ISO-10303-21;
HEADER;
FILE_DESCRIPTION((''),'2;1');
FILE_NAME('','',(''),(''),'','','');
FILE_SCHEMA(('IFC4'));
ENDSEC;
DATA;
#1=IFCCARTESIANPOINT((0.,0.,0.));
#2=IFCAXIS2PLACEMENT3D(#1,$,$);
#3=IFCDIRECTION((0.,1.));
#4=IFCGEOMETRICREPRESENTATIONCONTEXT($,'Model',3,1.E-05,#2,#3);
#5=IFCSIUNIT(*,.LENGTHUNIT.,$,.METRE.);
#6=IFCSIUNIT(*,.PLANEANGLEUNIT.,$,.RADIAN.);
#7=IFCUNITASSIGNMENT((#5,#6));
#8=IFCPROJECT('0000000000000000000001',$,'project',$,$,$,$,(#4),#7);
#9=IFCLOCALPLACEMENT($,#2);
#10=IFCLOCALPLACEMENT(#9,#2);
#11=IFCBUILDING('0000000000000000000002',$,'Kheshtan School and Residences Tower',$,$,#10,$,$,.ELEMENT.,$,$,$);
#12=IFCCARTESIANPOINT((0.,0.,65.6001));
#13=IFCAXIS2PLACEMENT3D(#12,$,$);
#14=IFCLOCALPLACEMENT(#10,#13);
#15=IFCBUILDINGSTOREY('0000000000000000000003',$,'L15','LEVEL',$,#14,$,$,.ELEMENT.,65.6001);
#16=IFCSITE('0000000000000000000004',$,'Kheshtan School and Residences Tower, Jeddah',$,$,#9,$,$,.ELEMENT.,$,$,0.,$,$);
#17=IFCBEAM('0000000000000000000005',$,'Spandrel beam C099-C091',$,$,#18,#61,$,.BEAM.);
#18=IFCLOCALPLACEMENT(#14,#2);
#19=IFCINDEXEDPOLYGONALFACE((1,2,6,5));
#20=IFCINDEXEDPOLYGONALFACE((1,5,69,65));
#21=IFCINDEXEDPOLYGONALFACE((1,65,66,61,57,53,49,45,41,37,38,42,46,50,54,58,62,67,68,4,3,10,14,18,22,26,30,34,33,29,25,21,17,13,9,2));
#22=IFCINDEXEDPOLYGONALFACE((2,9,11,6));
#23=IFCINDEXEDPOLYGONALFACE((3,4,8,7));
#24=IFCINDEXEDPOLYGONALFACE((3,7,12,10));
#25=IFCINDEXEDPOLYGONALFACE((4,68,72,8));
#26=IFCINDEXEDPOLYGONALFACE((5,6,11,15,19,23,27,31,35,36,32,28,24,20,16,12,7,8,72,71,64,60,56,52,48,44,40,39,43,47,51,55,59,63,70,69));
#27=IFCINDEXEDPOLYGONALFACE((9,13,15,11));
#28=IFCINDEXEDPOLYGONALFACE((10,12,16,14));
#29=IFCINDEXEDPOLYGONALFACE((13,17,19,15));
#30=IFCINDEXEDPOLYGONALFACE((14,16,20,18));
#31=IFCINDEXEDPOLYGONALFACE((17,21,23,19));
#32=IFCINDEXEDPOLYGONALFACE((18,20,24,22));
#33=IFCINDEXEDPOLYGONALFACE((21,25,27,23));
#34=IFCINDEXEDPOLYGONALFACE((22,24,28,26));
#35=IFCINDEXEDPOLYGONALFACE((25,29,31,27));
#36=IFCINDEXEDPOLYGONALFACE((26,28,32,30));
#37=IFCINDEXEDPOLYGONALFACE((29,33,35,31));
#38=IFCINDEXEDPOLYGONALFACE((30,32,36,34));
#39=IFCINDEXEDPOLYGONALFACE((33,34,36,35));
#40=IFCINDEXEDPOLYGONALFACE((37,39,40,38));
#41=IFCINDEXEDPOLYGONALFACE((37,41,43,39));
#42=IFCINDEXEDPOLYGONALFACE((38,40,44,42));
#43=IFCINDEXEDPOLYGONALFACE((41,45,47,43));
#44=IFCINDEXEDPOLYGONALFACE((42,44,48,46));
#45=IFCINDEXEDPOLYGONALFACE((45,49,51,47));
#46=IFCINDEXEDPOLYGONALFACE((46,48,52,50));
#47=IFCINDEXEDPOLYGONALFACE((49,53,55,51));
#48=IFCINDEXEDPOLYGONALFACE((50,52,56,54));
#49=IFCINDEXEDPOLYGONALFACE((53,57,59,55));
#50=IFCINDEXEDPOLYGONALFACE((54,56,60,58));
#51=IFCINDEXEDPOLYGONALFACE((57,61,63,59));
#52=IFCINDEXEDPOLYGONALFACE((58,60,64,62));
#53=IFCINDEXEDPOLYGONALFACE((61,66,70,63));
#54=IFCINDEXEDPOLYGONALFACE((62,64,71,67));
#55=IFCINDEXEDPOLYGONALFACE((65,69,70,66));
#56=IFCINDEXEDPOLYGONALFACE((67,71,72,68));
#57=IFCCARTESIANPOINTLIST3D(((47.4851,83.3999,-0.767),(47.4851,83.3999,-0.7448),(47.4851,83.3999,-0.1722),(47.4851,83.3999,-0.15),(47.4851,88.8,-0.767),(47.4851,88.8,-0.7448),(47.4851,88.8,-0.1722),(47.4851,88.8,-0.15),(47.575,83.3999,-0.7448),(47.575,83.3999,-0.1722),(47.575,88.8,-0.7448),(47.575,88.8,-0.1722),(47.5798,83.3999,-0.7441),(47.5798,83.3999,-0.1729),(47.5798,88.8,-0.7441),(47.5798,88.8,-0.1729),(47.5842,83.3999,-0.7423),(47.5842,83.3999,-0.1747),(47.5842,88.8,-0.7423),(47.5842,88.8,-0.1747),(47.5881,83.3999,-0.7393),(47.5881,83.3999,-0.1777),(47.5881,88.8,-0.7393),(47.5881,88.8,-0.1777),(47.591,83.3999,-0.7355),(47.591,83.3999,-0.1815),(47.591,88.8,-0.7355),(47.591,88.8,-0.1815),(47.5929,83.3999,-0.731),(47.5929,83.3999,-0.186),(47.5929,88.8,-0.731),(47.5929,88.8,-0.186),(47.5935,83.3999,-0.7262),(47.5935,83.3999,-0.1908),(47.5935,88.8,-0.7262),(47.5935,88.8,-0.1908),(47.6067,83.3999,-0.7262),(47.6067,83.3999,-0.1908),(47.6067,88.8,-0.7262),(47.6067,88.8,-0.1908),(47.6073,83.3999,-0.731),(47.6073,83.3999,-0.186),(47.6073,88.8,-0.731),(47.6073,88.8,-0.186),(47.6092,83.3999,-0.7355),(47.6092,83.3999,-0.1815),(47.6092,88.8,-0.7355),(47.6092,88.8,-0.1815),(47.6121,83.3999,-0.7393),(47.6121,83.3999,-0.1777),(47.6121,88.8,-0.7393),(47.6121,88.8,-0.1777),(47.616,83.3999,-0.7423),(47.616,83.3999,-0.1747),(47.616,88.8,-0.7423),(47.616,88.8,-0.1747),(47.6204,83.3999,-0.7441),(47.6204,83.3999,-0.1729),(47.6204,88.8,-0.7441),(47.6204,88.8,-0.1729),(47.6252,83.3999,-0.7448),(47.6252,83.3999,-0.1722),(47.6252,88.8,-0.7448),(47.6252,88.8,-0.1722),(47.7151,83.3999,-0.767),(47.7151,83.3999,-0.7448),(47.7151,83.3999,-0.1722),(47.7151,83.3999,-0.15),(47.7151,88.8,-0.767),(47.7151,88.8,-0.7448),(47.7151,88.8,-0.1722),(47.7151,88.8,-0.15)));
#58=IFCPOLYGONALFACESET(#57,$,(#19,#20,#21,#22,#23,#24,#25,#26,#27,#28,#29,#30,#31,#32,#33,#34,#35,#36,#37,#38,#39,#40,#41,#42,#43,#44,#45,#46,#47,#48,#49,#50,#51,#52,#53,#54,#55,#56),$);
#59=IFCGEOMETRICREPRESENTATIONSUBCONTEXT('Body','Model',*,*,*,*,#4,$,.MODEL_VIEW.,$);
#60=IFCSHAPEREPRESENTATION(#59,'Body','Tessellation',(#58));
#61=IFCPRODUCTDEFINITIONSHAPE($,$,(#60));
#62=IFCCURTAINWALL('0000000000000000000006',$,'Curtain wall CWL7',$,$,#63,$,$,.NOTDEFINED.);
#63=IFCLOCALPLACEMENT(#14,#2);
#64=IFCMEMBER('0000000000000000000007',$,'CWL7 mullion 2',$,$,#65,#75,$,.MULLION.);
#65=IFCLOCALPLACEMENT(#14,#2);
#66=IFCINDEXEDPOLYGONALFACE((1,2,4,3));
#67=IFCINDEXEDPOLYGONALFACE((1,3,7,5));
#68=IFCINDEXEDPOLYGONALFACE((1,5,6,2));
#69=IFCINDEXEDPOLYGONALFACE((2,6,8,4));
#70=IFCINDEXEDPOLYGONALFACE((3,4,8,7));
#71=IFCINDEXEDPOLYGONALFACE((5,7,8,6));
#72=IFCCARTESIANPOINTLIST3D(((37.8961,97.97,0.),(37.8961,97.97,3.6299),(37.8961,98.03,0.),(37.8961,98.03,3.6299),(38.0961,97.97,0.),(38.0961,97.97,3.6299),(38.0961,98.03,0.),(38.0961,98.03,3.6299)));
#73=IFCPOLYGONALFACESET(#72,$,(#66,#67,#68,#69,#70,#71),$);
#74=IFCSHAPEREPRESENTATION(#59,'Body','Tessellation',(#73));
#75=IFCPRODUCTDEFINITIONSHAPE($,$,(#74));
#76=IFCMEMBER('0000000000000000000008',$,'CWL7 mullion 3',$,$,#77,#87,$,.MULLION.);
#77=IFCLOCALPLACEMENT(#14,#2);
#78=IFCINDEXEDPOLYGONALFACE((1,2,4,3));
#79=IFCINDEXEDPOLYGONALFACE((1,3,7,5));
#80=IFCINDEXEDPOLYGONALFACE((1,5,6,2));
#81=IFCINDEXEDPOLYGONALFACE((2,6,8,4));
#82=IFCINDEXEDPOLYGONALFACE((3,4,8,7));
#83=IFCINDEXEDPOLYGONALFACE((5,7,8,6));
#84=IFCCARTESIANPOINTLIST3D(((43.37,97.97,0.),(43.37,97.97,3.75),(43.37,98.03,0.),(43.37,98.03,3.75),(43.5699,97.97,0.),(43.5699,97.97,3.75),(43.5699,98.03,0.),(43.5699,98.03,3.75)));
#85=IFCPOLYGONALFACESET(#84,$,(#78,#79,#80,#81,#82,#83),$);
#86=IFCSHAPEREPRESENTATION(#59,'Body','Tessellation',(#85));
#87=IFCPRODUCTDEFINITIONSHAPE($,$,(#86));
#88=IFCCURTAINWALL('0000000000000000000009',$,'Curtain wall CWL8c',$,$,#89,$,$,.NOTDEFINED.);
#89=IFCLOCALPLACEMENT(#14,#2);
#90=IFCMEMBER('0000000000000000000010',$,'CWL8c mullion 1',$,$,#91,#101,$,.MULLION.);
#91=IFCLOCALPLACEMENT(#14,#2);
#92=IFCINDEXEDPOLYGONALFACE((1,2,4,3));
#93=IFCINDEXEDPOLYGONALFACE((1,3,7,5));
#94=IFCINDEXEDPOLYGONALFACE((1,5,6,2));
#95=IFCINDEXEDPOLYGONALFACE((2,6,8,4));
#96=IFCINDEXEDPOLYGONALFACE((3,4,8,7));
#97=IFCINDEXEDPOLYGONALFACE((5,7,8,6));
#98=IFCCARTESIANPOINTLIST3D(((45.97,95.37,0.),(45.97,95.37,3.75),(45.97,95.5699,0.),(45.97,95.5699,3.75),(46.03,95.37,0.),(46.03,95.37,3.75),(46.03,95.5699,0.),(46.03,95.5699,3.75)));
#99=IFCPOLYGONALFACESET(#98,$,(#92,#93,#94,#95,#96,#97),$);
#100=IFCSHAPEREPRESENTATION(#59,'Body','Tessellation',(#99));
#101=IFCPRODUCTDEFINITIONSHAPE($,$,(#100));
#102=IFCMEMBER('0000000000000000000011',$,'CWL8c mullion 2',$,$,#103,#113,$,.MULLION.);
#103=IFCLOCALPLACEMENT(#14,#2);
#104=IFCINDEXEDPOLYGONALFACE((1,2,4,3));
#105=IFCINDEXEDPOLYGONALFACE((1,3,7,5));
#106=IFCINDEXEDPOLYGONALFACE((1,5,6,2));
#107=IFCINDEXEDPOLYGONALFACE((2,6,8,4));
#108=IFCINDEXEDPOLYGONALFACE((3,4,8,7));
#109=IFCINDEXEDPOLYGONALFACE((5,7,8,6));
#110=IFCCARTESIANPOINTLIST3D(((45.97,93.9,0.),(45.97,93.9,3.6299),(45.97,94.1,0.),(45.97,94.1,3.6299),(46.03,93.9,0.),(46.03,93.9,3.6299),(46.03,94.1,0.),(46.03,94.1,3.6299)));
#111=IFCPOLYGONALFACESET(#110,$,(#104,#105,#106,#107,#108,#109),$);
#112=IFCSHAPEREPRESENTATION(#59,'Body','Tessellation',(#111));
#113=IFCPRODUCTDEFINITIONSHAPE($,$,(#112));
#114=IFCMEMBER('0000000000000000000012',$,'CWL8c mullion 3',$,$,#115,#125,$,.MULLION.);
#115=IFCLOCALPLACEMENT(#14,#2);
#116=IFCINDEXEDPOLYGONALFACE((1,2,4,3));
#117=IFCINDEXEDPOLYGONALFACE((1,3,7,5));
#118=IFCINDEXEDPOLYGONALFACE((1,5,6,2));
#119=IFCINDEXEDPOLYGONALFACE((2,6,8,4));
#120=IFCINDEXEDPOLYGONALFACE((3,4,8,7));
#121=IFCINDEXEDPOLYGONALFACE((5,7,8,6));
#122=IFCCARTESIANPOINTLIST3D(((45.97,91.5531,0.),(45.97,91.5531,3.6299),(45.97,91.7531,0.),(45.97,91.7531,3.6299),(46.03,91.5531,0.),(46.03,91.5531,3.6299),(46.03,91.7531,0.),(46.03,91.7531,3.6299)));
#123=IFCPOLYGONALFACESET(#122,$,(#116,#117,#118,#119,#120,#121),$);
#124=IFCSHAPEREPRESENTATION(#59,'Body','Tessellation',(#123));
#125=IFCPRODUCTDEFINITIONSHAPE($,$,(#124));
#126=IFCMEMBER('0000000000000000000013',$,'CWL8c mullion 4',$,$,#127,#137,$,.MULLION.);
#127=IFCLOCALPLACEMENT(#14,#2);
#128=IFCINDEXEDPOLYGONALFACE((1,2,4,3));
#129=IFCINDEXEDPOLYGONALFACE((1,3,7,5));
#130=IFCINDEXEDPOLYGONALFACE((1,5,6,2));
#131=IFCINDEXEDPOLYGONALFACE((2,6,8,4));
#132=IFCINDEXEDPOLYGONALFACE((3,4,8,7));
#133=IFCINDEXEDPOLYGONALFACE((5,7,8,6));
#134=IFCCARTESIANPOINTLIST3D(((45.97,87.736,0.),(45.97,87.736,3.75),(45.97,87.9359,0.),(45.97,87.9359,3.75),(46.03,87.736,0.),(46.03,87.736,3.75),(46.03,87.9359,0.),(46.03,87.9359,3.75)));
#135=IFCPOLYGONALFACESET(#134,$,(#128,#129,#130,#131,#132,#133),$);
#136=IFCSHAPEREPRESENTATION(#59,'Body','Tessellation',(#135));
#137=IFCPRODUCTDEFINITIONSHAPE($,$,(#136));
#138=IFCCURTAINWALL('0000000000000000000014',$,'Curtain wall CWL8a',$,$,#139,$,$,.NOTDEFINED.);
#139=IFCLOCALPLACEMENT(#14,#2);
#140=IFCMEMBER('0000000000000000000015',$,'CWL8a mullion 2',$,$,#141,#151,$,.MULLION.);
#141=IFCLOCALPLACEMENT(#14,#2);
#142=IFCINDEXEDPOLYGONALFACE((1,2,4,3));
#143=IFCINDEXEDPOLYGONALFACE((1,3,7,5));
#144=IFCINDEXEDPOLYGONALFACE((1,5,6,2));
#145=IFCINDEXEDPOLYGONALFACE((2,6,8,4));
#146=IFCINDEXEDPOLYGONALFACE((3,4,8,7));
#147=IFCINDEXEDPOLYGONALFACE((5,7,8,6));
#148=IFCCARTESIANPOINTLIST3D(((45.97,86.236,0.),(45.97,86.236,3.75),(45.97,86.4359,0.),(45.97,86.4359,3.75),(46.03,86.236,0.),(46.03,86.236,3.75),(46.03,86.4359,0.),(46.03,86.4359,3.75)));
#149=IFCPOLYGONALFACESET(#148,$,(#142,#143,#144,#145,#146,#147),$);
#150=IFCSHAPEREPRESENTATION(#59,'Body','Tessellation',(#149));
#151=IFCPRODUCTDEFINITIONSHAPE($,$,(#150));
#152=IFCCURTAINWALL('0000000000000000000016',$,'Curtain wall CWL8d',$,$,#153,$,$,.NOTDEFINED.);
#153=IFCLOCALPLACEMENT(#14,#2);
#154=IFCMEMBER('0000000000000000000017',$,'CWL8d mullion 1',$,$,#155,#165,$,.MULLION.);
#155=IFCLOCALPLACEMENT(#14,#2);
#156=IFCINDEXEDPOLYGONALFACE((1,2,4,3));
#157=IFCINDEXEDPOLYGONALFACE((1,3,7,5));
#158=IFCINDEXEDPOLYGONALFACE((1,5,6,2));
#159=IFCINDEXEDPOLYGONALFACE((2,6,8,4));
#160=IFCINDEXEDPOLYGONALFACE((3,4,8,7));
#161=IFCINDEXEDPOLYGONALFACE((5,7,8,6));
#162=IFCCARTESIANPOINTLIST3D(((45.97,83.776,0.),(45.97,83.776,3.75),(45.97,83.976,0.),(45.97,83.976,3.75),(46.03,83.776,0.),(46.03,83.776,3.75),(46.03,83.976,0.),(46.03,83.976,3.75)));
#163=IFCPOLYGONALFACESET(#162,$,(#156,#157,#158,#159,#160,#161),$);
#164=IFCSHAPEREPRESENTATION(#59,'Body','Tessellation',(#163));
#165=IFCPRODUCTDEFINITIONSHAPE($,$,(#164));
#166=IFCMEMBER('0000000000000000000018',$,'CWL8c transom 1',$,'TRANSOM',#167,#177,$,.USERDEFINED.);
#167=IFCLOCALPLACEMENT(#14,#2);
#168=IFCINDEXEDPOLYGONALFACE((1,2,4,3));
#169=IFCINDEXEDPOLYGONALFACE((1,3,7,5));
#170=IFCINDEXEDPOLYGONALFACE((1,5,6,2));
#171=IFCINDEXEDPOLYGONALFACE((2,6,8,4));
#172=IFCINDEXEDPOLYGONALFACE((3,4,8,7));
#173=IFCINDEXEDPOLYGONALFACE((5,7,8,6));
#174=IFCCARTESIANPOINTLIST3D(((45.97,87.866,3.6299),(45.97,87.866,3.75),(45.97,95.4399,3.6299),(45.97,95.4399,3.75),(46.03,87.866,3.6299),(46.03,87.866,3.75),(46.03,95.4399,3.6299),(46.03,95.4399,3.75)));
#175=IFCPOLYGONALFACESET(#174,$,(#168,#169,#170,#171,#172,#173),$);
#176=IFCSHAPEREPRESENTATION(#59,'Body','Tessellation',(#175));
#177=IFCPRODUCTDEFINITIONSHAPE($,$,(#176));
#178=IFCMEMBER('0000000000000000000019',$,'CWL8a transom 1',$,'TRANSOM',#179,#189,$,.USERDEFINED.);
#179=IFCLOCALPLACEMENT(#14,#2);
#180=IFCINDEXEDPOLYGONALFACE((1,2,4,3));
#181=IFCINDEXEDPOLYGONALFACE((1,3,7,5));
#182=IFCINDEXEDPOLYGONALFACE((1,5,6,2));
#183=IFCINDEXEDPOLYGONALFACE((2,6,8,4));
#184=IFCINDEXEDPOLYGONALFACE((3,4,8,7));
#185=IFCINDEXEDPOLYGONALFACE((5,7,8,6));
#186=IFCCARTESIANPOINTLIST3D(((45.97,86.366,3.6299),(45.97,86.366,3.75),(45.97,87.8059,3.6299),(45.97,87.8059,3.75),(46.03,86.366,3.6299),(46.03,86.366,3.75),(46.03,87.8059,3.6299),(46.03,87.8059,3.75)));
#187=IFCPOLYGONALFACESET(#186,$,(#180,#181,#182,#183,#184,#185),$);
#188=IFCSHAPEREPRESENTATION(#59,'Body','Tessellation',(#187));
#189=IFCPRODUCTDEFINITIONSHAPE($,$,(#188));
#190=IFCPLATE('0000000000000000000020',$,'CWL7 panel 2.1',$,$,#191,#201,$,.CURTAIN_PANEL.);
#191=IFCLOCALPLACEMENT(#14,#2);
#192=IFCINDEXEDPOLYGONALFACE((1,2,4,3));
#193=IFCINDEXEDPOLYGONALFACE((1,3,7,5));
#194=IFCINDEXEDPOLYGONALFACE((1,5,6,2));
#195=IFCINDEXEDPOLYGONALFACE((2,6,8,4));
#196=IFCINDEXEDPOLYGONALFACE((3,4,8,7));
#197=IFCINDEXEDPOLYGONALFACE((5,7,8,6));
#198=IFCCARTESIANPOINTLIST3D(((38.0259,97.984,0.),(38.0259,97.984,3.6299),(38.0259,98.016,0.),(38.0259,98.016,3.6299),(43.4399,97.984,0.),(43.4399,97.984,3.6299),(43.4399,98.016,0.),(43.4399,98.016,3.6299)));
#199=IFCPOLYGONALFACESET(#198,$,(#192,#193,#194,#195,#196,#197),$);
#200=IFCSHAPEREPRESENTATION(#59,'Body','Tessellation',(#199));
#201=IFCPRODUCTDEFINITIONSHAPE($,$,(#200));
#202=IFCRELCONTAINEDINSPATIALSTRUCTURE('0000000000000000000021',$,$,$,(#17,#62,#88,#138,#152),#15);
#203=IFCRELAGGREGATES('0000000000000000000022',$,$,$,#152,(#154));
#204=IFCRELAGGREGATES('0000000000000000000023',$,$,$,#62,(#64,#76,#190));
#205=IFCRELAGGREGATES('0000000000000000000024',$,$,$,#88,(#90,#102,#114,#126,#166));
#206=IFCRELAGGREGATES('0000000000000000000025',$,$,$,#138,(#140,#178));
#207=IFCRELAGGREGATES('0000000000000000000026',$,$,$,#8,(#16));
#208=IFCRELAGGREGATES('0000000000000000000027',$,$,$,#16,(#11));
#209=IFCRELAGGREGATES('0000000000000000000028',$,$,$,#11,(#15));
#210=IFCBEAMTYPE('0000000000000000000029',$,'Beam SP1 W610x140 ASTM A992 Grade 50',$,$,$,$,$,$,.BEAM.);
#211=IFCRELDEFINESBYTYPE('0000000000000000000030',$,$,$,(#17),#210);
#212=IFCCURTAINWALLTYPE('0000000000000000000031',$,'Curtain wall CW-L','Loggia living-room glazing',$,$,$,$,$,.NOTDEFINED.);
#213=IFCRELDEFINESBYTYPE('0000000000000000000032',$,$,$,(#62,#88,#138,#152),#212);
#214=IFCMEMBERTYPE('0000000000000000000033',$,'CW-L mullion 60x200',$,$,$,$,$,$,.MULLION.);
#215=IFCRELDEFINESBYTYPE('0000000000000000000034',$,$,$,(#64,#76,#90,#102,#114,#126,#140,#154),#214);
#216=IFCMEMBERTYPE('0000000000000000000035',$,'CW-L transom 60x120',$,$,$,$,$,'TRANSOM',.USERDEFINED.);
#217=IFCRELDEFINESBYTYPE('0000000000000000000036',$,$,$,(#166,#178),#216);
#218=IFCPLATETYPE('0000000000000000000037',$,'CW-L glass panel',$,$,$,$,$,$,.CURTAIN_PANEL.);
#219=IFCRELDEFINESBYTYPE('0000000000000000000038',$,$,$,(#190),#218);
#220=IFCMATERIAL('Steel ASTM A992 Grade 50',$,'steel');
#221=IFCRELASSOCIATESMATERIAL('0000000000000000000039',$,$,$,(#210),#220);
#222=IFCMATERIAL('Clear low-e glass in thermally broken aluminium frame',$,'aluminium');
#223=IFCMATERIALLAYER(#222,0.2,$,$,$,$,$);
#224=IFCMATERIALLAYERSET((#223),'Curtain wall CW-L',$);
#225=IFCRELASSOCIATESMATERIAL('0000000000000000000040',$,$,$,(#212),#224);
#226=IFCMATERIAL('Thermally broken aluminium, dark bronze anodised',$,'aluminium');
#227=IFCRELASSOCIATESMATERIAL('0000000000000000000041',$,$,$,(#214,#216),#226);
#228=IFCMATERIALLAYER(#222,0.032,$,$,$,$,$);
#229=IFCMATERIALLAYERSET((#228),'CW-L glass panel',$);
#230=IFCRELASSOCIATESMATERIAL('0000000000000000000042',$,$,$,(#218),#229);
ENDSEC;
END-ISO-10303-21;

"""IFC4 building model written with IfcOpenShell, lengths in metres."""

from ifc_helpers import new_model, si_unit, direction, frame, origin, origin_2d, place, context, subcontext, project, spatial, rectangle, i_section, extrude, material, layer, layer_set, material_profile, profile_set, type_object, element, aggregate, save


model = new_model("IFC4")

# Units and contexts
model_context = context("Model", 3, precision=1e-05, world=origin(), true_north=direction((0.0, 1.0)))
body_context = subcontext(model_context, "Body", "Model", "MODEL_VIEW")
ifc_project = project(units=[si_unit("LENGTHUNIT", "METRE"), si_unit("PLANEANGLEUNIT", "RADIAN")], contexts=[model_context])

# Site, building, storey
site_placement = place(None, origin())
site = spatial("IfcSite", under=ifc_project, at=site_placement, Name="Kheshtan School and Residences Tower, Jeddah", CompositionType="ELEMENT", RefElevation=0.0)
building_placement = place(site_placement, origin())
building = spatial("IfcBuilding", under=site, at=building_placement, Name="Kheshtan School and Residences Tower", CompositionType="ELEMENT")
storey_placement = place(building_placement, frame((0.0, 0.0, 65.6001)))
storey = spatial("IfcBuildingStorey", under=building, at=storey_placement, Name="L15", Description="LEVEL", CompositionType="ELEMENT", Elevation=65.6001)

# Shared definitions
ifc_material_1 = material(Name="Steel ASTM A992 Grade 50", Category="steel")

# Beam
ifc_material_profile_1 = material_profile(ifc_material_1, i_section(OverallWidth=0.23, OverallDepth=0.6169, WebThickness=0.0132, FlangeThickness=0.0222, FilletRadius=0.0186, at=origin_2d()), Name="W610x140")
ifc_profile_set_1 = profile_set([ifc_material_profile_1], Name="Steel ASTM A992 Grade 50")
beam_type_1 = type_object("IfcBeamType", Name="Beam SP1 W610x140 ASTM A992 Grade 50", PredefinedType="BEAM", material=ifc_profile_set_1)
beam_1_placement = place(storey_placement, frame((47.6001, 88.8, -0.4585), z_axis=(0.0, -1.0, 0.0), x_axis=(1.0, 0.0, 0.0)))
element("IfcBeam", 1, at=beam_1_placement, inside=storey, type_object=beam_type_1, Name="Spandrel beam C099-C091", PredefinedType="BEAM", context=body_context, shape_type="SweptSolid", body=[
    extrude(i_section(OverallWidth=0.23, OverallDepth=0.6169, WebThickness=0.0132, FlangeThickness=0.0222, FilletRadius=0.0186, at=origin_2d()), origin(), (0.0, 0.0, 1.0), 5.4001),
])

# Curtain walls, members
ifc_material_2 = material(Name="Clear low-e glass in thermally broken aluminium frame", Category="aluminium")
ifc_layer_1 = layer(ifc_material_2, 0.2)
ifc_layer_set_1 = layer_set([ifc_layer_1], Name="Curtain wall CW-L")
curtain_wall_type = type_object("IfcCurtainWallType", Name="Curtain wall CW-L", Description="Loggia living-room glazing", PredefinedType="NOTDEFINED", material=ifc_layer_set_1)
curtain_wall_1_placement = place(storey_placement, origin())
curtain_wall_1 = element("IfcCurtainWall", 2, at=curtain_wall_1_placement, inside=storey, type_object=curtain_wall_type, Name="Curtain wall CWL7", PredefinedType="NOTDEFINED")
ifc_material_3 = material(Name="Thermally broken aluminium, dark bronze anodised", Category="aluminium")
ifc_material_profile_2 = material_profile(ifc_material_3, rectangle(XDim=0.0601, YDim=0.2, at=origin_2d()), Name="CW-L mullion 60x200")
ifc_profile_set_2 = profile_set([ifc_material_profile_2], Name="Thermally broken aluminium, dark bronze anodised")
member_type_1 = type_object("IfcMemberType", Name="CW-L mullion 60x200", PredefinedType="MULLION", material=ifc_profile_set_2)
member_1_placement = place(storey_placement, frame((37.9961, 98.0, 0.0), z_axis=(0.0, 0.0, 1.0), x_axis=(0.0, 1.0, 0.0)))
member_1 = element("IfcMember", 3, at=member_1_placement, type_object=member_type_1, Name="CWL7 mullion 2", PredefinedType="MULLION", context=body_context, shape_type="SweptSolid", body=[
    extrude(rectangle(XDim=0.0601, YDim=0.2, at=origin_2d()), origin(), (0.0, 0.0, 1.0), 3.6299),
])
member_2_placement = place(storey_placement, frame((43.47, 98.0, 0.0), z_axis=(0.0, 0.0, 1.0), x_axis=(0.0, 1.0, 0.0)))
member_2 = element("IfcMember", 4, at=member_2_placement, type_object=member_type_1, Name="CWL7 mullion 3", PredefinedType="MULLION", context=body_context, shape_type="SweptSolid", body=[
    extrude(rectangle(XDim=0.0601, YDim=0.2, at=origin_2d()), origin(), (0.0, 0.0, 1.0), 3.75),
])
curtain_wall_2_placement = place(storey_placement, origin())
curtain_wall_2 = element("IfcCurtainWall", 5, at=curtain_wall_2_placement, inside=storey, type_object=curtain_wall_type, Name="Curtain wall CWL8c", PredefinedType="NOTDEFINED")
member_3_placement = place(storey_placement, frame((46.0, 95.47, 0.0), z_axis=(0.0, 0.0, 1.0), x_axis=(1.0, 0.0, 0.0)))
member_3 = element("IfcMember", 6, at=member_3_placement, type_object=member_type_1, Name="CWL8c mullion 1", PredefinedType="MULLION", context=body_context, shape_type="SweptSolid", body=[
    extrude(rectangle(XDim=0.0601, YDim=0.2, at=origin_2d()), origin(), (0.0, 0.0, 1.0), 3.75),
])
member_4_placement = place(storey_placement, frame((46.0, 94.0, 0.0), z_axis=(0.0, 0.0, 1.0), x_axis=(1.0, 0.0, 0.0)))
member_4 = element("IfcMember", 7, at=member_4_placement, type_object=member_type_1, Name="CWL8c mullion 2", PredefinedType="MULLION", context=body_context, shape_type="SweptSolid", body=[
    extrude(rectangle(XDim=0.0601, YDim=0.2, at=origin_2d()), origin(), (0.0, 0.0, 1.0), 3.6299),
])
member_5_placement = place(storey_placement, frame((46.0, 91.6531, 0.0), z_axis=(0.0, 0.0, 1.0), x_axis=(1.0, 0.0, 0.0)))
member_5 = element("IfcMember", 8, at=member_5_placement, type_object=member_type_1, Name="CWL8c mullion 3", PredefinedType="MULLION", context=body_context, shape_type="SweptSolid", body=[
    extrude(rectangle(XDim=0.0601, YDim=0.2, at=origin_2d()), origin(), (0.0, 0.0, 1.0), 3.6299),
])
member_6_placement = place(storey_placement, frame((46.0, 87.8359, 0.0), z_axis=(0.0, 0.0, 1.0), x_axis=(1.0, 0.0, 0.0)))
member_6 = element("IfcMember", 9, at=member_6_placement, type_object=member_type_1, Name="CWL8c mullion 4", PredefinedType="MULLION", context=body_context, shape_type="SweptSolid", body=[
    extrude(rectangle(XDim=0.0601, YDim=0.2, at=origin_2d()), origin(), (0.0, 0.0, 1.0), 3.75),
])

# Curtain walls, members
curtain_wall_3_placement = place(storey_placement, origin())
curtain_wall_3 = element("IfcCurtainWall", 10, at=curtain_wall_3_placement, inside=storey, type_object=curtain_wall_type, Name="Curtain wall CWL8a", PredefinedType="NOTDEFINED")
member_7_placement = place(storey_placement, frame((46.0, 86.3359, 0.0), z_axis=(0.0, 0.0, 1.0), x_axis=(1.0, 0.0, 0.0)))
member_7 = element("IfcMember", 11, at=member_7_placement, type_object=member_type_1, Name="CWL8a mullion 2", PredefinedType="MULLION", context=body_context, shape_type="SweptSolid", body=[
    extrude(rectangle(XDim=0.0601, YDim=0.2, at=origin_2d()), origin(), (0.0, 0.0, 1.0), 3.75),
])
curtain_wall_4_placement = place(storey_placement, origin())
curtain_wall_4 = element("IfcCurtainWall", 12, at=curtain_wall_4_placement, inside=storey, type_object=curtain_wall_type, Name="Curtain wall CWL8d", PredefinedType="NOTDEFINED")
member_8_placement = place(storey_placement, frame((46.0, 83.876, 0.0), z_axis=(0.0, 0.0, 1.0), x_axis=(1.0, 0.0, 0.0)))
member_8 = element("IfcMember", 13, at=member_8_placement, type_object=member_type_1, Name="CWL8d mullion 1", PredefinedType="MULLION", context=body_context, shape_type="SweptSolid", body=[
    extrude(rectangle(XDim=0.0601, YDim=0.2, at=origin_2d()), origin(), (0.0, 0.0, 1.0), 3.75),
])
aggregate(curtain_wall_4, [member_8])

# Members
ifc_material_profile_3 = material_profile(ifc_material_3, rectangle(XDim=0.0601, YDim=0.1201, at=origin_2d()), Name="CW-L transom 60x120")
ifc_profile_set_3 = profile_set([ifc_material_profile_3], Name="Thermally broken aluminium, dark bronze anodised")
member_type_2 = type_object("IfcMemberType", Name="CW-L transom 60x120", ElementType="TRANSOM", PredefinedType="USERDEFINED", material=ifc_profile_set_3)
member_9_placement = place(storey_placement, frame((46.0, 95.4399, 3.6899), z_axis=(0.0, -1.0, 0.0), x_axis=(1.0, 0.0, 0.0)))
member_9 = element("IfcMember", 14, at=member_9_placement, type_object=member_type_2, Name="CWL8c transom 1", ObjectType="TRANSOM", PredefinedType="USERDEFINED", context=body_context, shape_type="SweptSolid", body=[
    extrude(rectangle(XDim=0.0601, YDim=0.1201, at=origin_2d()), origin(), (0.0, 0.0, 1.0), 7.574),
])
member_10_placement = place(storey_placement, frame((46.0, 87.8059, 3.6899), z_axis=(0.0, -1.0, 0.0), x_axis=(1.0, 0.0, 0.0)))
member_10 = element("IfcMember", 15, at=member_10_placement, type_object=member_type_2, Name="CWL8a transom 1", ObjectType="TRANSOM", PredefinedType="USERDEFINED", context=body_context, shape_type="SweptSolid", body=[
    extrude(rectangle(XDim=0.0601, YDim=0.1201, at=origin_2d()), origin(), (0.0, 0.0, 1.0), 1.4399),
])

# Plate
ifc_layer_2 = layer(ifc_material_2, 0.032)
ifc_layer_set_2 = layer_set([ifc_layer_2], Name="CW-L glass panel")
plate_type = type_object("IfcPlateType", Name="CW-L glass panel", PredefinedType="CURTAIN_PANEL", material=ifc_layer_set_2)
plate_1_placement = place(storey_placement, frame((40.7329, 98.0, 0.0), z_axis=(0.0, 0.0, 1.0), x_axis=(1.0, 0.0, 0.0)))
plate_1 = element("IfcPlate", 16, at=plate_1_placement, type_object=plate_type, Name="CWL7 panel 2.1", PredefinedType="CURTAIN_PANEL", context=body_context, shape_type="SweptSolid", body=[
    extrude(rectangle(XDim=5.4141, YDim=0.032, at=origin_2d()), origin(), (0.0, 0.0, 1.0), 3.6299),
])
aggregate(curtain_wall_1, [member_1, member_2, plate_1])
aggregate(curtain_wall_2, [member_3, member_4, member_5, member_6, member_9])
aggregate(curtain_wall_3, [member_7, member_10])

save(model, "model.ifc")
